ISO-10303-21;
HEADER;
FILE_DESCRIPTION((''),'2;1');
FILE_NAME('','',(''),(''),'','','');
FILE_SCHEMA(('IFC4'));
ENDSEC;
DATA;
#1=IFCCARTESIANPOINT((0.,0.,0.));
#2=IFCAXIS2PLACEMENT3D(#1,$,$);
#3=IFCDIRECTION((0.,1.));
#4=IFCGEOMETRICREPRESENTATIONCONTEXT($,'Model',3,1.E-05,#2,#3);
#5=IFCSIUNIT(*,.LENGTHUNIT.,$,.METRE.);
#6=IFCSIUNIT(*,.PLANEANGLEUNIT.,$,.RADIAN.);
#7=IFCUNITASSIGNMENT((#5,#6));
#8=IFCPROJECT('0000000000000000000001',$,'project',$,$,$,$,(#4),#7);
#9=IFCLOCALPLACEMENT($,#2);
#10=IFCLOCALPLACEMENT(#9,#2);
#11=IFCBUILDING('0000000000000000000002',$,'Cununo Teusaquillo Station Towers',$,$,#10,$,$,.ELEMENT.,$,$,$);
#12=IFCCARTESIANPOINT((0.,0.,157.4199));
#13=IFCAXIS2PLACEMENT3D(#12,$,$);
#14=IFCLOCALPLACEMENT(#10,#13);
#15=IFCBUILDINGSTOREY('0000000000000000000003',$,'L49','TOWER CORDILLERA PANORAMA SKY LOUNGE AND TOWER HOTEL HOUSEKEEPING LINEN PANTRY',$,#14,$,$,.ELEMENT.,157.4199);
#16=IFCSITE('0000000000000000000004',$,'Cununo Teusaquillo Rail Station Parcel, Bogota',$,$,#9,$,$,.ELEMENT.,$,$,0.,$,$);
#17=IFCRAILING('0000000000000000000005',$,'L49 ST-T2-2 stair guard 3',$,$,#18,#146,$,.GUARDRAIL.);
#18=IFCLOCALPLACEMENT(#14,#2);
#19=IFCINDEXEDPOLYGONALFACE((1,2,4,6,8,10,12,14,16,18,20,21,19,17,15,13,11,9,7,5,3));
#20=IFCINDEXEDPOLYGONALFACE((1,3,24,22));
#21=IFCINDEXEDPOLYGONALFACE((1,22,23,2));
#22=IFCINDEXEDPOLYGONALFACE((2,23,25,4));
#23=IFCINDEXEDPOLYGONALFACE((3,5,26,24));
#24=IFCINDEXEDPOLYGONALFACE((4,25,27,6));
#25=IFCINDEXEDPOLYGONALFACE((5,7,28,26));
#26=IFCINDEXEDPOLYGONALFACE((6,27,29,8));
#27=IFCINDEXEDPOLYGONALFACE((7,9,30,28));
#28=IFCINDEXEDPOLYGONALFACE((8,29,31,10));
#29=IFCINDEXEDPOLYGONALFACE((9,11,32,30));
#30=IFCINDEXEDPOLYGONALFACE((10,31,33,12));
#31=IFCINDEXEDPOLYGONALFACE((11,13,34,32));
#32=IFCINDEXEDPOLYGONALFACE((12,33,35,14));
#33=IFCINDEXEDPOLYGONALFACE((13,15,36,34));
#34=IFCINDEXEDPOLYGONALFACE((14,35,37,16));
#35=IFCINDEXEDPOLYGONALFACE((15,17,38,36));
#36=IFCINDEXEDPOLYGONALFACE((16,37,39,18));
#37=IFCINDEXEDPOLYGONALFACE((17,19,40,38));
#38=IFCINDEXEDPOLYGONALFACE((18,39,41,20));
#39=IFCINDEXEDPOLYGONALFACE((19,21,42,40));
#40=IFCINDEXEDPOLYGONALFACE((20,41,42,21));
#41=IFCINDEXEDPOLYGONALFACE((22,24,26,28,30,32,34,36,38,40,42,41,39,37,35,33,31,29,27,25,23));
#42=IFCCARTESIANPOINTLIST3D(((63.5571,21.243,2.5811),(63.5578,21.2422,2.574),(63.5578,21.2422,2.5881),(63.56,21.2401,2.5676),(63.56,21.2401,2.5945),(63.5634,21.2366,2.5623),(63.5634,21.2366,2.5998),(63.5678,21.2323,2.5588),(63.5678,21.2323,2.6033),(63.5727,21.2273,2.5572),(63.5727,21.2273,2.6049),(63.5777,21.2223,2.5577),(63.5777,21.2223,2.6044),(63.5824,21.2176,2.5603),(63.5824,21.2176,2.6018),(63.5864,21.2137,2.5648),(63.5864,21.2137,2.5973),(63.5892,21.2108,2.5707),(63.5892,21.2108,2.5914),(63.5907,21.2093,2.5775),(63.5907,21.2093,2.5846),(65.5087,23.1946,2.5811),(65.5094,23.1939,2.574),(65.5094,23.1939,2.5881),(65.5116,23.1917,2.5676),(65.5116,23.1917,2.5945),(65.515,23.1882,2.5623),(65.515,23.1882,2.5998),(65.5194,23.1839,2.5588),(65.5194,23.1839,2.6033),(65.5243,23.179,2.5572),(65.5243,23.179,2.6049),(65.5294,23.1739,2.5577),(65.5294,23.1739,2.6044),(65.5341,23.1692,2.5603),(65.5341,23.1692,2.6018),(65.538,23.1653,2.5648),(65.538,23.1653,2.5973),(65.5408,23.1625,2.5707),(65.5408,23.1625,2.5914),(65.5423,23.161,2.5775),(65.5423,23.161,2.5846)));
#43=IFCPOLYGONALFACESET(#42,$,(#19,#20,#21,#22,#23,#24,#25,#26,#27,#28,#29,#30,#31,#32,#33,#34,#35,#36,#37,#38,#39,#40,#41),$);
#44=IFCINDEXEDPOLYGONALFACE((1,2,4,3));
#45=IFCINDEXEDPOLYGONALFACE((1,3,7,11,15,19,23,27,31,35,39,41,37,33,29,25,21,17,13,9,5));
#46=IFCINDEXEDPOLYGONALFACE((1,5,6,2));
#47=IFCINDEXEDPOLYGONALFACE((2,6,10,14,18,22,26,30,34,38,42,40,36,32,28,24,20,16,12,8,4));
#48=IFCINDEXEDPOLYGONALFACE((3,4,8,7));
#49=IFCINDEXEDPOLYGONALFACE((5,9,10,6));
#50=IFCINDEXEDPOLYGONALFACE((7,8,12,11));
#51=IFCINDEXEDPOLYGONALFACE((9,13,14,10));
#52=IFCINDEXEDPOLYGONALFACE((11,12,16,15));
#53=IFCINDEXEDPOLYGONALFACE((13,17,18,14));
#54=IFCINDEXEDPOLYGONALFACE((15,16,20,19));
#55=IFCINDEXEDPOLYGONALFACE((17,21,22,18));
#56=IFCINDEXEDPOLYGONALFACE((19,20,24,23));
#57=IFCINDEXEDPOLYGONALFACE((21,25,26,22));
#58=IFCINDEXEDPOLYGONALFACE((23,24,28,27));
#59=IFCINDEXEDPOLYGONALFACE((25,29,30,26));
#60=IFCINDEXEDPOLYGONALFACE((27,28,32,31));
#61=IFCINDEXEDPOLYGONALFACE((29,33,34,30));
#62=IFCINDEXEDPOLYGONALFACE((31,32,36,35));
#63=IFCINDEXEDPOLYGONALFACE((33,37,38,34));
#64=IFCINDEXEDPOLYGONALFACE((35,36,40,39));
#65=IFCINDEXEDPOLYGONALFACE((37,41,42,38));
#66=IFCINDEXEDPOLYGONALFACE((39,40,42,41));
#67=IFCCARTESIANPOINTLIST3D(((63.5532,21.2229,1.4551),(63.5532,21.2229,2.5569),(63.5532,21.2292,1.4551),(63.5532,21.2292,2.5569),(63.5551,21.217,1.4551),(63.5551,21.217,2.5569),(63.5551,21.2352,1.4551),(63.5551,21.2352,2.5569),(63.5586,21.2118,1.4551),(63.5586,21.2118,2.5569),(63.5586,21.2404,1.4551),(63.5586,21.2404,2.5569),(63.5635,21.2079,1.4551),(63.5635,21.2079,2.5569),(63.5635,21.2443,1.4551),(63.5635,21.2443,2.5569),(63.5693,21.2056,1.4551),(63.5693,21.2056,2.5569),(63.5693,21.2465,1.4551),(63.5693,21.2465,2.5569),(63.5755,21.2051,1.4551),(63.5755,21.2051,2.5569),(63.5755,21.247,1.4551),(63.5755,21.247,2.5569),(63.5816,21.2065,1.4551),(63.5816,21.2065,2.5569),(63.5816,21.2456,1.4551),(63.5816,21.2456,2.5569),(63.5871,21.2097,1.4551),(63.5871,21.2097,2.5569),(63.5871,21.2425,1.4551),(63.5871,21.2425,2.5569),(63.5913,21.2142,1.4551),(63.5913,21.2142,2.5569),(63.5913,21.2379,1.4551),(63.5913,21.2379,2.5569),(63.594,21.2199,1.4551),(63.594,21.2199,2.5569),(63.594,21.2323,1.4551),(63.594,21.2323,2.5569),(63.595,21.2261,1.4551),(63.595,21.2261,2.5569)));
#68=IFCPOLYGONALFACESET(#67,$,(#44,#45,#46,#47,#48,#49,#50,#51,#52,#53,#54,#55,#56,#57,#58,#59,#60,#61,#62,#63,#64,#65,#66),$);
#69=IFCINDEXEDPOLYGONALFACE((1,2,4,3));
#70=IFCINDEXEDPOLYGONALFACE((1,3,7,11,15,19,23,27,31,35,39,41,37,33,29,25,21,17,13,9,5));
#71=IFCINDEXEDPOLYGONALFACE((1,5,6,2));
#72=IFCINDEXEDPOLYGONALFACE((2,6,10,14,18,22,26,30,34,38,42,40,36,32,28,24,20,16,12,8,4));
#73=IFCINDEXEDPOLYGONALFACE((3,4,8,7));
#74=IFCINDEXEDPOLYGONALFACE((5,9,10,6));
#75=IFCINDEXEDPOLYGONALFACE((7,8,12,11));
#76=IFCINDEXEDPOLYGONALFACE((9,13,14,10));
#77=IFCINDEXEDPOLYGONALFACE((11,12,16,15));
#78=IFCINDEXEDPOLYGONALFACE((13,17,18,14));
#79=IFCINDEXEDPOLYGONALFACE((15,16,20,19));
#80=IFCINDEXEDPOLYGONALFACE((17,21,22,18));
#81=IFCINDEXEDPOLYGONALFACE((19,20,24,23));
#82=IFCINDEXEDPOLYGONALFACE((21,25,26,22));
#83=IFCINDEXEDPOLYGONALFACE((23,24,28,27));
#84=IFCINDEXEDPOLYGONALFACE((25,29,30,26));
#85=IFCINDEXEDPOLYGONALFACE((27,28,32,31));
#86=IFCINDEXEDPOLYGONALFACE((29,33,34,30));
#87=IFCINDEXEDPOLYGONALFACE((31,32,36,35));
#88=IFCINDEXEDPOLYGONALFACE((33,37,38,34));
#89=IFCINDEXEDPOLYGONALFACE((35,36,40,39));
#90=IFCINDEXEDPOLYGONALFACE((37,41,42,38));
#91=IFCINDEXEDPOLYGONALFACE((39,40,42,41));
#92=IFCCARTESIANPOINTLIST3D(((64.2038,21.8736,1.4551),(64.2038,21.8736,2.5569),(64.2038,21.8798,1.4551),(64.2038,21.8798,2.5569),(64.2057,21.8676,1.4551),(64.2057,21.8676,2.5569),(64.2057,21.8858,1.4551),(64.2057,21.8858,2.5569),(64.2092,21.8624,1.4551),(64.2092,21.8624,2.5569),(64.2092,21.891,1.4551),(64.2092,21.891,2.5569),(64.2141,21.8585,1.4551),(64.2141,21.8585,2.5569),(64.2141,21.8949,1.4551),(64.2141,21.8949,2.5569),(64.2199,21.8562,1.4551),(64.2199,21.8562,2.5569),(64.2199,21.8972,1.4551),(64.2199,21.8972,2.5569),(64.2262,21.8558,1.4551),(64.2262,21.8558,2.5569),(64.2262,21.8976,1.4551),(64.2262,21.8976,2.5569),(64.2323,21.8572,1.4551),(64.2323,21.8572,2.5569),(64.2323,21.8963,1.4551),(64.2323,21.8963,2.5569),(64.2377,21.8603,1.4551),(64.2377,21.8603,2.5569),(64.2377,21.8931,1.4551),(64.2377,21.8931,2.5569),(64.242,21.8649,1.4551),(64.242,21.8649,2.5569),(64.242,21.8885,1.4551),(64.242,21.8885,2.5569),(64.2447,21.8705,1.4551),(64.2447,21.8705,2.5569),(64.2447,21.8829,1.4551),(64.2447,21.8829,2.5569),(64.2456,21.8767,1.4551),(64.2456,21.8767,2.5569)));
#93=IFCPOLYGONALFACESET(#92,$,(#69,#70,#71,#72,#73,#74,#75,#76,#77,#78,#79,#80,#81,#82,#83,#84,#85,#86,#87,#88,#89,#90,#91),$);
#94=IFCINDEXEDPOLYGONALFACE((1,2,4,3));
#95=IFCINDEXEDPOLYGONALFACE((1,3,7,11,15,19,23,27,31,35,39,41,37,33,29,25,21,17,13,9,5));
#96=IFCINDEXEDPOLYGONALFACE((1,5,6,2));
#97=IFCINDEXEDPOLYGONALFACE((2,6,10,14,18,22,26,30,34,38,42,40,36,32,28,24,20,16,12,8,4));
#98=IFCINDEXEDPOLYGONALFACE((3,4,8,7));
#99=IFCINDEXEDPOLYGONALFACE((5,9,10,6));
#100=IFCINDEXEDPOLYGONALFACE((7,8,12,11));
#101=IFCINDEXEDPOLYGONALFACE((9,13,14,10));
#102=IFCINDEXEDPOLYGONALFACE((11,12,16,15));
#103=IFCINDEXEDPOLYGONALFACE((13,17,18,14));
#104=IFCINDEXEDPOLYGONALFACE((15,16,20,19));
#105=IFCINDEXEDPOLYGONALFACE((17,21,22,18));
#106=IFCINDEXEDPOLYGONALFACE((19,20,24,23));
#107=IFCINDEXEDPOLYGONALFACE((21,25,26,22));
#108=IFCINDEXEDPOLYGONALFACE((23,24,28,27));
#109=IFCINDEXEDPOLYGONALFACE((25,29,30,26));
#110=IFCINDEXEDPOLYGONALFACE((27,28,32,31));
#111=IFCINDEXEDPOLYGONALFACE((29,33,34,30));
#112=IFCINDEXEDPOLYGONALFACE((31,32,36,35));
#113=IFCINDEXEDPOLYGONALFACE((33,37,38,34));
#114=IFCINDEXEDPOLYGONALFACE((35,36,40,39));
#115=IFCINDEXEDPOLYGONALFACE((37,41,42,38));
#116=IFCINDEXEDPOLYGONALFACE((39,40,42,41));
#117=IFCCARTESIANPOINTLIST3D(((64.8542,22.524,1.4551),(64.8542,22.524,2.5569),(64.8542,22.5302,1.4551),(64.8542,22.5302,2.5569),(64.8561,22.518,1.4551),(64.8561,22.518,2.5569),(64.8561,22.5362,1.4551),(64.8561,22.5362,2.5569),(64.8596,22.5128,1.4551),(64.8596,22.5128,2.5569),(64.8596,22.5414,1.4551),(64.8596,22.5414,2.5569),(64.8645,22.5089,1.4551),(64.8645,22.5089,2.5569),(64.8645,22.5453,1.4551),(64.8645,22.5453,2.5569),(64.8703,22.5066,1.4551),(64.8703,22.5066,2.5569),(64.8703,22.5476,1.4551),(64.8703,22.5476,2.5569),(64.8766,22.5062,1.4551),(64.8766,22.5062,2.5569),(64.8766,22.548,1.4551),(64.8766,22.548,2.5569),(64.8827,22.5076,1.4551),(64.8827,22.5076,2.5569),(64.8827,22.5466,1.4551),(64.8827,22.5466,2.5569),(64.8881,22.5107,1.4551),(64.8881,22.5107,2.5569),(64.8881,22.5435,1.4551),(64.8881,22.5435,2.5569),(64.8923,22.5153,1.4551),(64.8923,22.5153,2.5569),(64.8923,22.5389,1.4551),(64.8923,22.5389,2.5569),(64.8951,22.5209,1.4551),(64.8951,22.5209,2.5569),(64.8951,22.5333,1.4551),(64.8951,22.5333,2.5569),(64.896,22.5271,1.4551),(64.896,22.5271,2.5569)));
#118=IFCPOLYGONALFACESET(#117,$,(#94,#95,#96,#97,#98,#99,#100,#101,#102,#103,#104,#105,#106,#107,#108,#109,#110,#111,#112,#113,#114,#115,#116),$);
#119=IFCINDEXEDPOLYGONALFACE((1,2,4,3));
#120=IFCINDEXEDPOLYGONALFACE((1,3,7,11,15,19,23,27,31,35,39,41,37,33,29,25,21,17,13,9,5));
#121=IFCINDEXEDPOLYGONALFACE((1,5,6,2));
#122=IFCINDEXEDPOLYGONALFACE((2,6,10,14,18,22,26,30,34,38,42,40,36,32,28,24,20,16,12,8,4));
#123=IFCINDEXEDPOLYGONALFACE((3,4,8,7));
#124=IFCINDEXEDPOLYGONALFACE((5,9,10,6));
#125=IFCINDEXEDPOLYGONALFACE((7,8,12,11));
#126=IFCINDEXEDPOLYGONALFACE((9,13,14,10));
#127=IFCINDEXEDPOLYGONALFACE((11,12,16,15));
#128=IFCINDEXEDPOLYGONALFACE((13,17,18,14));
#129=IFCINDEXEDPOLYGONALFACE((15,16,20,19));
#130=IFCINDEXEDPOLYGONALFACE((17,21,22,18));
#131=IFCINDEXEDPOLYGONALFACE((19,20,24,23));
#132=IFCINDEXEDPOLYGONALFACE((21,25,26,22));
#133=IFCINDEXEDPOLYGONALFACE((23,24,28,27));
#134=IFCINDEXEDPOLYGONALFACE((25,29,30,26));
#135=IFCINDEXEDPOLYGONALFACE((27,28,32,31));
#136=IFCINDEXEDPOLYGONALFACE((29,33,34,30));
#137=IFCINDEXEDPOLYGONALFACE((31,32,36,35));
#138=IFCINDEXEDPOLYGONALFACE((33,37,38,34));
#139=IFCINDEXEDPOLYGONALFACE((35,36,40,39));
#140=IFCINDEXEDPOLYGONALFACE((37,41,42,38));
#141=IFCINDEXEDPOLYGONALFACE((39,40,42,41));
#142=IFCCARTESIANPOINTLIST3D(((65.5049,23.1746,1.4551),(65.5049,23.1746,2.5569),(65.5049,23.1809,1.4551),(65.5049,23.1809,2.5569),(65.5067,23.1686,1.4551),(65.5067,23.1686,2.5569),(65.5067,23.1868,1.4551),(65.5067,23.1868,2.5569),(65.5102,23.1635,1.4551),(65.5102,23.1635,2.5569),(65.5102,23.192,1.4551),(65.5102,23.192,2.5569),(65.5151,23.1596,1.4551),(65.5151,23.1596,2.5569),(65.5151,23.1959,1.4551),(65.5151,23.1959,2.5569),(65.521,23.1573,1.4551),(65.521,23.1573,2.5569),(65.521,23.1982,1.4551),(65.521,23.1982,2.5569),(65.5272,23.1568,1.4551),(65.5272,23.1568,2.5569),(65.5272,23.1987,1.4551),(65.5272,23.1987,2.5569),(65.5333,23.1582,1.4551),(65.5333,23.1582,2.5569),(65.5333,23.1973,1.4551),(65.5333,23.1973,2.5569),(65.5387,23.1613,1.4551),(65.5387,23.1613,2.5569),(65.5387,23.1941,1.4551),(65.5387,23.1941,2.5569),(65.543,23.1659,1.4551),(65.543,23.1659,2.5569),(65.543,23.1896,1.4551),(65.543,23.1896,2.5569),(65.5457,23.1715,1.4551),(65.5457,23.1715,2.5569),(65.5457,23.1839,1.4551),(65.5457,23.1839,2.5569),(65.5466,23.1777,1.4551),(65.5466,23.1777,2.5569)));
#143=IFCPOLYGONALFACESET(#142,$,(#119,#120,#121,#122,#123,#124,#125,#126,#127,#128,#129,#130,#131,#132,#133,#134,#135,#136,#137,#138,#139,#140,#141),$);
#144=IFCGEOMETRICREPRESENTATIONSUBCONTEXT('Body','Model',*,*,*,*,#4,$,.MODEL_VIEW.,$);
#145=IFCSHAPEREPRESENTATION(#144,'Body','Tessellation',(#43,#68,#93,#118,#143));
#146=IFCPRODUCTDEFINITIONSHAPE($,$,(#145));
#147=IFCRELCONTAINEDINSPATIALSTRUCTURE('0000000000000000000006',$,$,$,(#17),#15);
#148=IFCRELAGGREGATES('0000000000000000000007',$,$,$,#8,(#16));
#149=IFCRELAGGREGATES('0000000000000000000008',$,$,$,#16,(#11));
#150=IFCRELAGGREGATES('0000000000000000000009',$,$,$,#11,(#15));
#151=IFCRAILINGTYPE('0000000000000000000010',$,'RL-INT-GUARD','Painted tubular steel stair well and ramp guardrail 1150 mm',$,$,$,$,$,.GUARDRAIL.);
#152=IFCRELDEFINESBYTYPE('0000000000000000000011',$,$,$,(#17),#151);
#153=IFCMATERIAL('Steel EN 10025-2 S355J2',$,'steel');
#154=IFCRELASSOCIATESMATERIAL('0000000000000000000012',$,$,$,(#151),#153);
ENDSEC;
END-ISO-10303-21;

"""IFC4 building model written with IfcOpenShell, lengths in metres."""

from ifc_helpers import new_model, si_unit, direction, frame, origin, origin_2d, place, context, subcontext, project, spatial, circle, extrude, material, type_object, element, save


model = new_model("IFC4")

# Units and contexts
model_context = context("Model", 3, precision=1e-05, world=origin(), true_north=direction((0.0, 1.0)))
body_context = subcontext(model_context, "Body", "Model", "MODEL_VIEW")
ifc_project = project(units=[si_unit("LENGTHUNIT", "METRE"), si_unit("PLANEANGLEUNIT", "RADIAN")], contexts=[model_context])

# Site, building, storey
site_placement = place(None, origin())
site = spatial("IfcSite", under=ifc_project, at=site_placement, Name="Cununo Teusaquillo Rail Station Parcel, Bogota", CompositionType="ELEMENT", RefElevation=0.0)
building_placement = place(site_placement, origin())
building = spatial("IfcBuilding", under=site, at=building_placement, Name="Cununo Teusaquillo Station Towers", CompositionType="ELEMENT")
storey_placement = place(building_placement, frame((0.0, 0.0, 157.4199)))
storey = spatial("IfcBuildingStorey", under=building, at=storey_placement, Name="L49", Description="TOWER CORDILLERA PANORAMA SKY LOUNGE AND TOWER HOTEL HOUSEKEEPING LINEN PANTRY", CompositionType="ELEMENT", Elevation=157.4199)

# Railing
ifc_material_1 = material(Name="Steel EN 10025-2 S355J2", Category="steel")
railing_type = type_object("IfcRailingType", Name="RL-INT-GUARD", Description="Painted tubular steel stair well and ramp guardrail 1150 mm", PredefinedType="GUARDRAIL", material=ifc_material_1)
railing_1_placement = place(storey_placement, frame((63.574, 21.2261, 1.4551)))
element("IfcRailing", 1, at=railing_1_placement, inside=storey, type_object=railing_type, Name="L49 ST-T2-2 stair guard 3", PredefinedType="GUARDRAIL", context=body_context, shape_type="SweptSolid", body=[
    extrude(circle(Radius=0.0239, at=origin_2d()), frame((0.0, 0.0, 1.126), z_axis=(0.707107, 0.707107, 0.0), x_axis=(-0.707107, 0.707107, 0.0)), (0.0, 0.0, 1.0), 2.76),
    extrude(circle(Radius=0.021, at=origin_2d()), origin(), (0.0, 0.0, 1.0), 1.1018),
    extrude(circle(Radius=0.021, at=origin_2d()), frame((0.6506, 0.6506, 0.0)), (0.0, 0.0, 1.0), 1.1018),
    extrude(circle(Radius=0.021, at=origin_2d()), frame((1.301, 1.301, 0.0)), (0.0, 0.0, 1.0), 1.1018),
    extrude(circle(Radius=0.021, at=origin_2d()), frame((1.9517, 1.9517, 0.0)), (0.0, 0.0, 1.0), 1.1018),
])

save(model, "model.ifc")
